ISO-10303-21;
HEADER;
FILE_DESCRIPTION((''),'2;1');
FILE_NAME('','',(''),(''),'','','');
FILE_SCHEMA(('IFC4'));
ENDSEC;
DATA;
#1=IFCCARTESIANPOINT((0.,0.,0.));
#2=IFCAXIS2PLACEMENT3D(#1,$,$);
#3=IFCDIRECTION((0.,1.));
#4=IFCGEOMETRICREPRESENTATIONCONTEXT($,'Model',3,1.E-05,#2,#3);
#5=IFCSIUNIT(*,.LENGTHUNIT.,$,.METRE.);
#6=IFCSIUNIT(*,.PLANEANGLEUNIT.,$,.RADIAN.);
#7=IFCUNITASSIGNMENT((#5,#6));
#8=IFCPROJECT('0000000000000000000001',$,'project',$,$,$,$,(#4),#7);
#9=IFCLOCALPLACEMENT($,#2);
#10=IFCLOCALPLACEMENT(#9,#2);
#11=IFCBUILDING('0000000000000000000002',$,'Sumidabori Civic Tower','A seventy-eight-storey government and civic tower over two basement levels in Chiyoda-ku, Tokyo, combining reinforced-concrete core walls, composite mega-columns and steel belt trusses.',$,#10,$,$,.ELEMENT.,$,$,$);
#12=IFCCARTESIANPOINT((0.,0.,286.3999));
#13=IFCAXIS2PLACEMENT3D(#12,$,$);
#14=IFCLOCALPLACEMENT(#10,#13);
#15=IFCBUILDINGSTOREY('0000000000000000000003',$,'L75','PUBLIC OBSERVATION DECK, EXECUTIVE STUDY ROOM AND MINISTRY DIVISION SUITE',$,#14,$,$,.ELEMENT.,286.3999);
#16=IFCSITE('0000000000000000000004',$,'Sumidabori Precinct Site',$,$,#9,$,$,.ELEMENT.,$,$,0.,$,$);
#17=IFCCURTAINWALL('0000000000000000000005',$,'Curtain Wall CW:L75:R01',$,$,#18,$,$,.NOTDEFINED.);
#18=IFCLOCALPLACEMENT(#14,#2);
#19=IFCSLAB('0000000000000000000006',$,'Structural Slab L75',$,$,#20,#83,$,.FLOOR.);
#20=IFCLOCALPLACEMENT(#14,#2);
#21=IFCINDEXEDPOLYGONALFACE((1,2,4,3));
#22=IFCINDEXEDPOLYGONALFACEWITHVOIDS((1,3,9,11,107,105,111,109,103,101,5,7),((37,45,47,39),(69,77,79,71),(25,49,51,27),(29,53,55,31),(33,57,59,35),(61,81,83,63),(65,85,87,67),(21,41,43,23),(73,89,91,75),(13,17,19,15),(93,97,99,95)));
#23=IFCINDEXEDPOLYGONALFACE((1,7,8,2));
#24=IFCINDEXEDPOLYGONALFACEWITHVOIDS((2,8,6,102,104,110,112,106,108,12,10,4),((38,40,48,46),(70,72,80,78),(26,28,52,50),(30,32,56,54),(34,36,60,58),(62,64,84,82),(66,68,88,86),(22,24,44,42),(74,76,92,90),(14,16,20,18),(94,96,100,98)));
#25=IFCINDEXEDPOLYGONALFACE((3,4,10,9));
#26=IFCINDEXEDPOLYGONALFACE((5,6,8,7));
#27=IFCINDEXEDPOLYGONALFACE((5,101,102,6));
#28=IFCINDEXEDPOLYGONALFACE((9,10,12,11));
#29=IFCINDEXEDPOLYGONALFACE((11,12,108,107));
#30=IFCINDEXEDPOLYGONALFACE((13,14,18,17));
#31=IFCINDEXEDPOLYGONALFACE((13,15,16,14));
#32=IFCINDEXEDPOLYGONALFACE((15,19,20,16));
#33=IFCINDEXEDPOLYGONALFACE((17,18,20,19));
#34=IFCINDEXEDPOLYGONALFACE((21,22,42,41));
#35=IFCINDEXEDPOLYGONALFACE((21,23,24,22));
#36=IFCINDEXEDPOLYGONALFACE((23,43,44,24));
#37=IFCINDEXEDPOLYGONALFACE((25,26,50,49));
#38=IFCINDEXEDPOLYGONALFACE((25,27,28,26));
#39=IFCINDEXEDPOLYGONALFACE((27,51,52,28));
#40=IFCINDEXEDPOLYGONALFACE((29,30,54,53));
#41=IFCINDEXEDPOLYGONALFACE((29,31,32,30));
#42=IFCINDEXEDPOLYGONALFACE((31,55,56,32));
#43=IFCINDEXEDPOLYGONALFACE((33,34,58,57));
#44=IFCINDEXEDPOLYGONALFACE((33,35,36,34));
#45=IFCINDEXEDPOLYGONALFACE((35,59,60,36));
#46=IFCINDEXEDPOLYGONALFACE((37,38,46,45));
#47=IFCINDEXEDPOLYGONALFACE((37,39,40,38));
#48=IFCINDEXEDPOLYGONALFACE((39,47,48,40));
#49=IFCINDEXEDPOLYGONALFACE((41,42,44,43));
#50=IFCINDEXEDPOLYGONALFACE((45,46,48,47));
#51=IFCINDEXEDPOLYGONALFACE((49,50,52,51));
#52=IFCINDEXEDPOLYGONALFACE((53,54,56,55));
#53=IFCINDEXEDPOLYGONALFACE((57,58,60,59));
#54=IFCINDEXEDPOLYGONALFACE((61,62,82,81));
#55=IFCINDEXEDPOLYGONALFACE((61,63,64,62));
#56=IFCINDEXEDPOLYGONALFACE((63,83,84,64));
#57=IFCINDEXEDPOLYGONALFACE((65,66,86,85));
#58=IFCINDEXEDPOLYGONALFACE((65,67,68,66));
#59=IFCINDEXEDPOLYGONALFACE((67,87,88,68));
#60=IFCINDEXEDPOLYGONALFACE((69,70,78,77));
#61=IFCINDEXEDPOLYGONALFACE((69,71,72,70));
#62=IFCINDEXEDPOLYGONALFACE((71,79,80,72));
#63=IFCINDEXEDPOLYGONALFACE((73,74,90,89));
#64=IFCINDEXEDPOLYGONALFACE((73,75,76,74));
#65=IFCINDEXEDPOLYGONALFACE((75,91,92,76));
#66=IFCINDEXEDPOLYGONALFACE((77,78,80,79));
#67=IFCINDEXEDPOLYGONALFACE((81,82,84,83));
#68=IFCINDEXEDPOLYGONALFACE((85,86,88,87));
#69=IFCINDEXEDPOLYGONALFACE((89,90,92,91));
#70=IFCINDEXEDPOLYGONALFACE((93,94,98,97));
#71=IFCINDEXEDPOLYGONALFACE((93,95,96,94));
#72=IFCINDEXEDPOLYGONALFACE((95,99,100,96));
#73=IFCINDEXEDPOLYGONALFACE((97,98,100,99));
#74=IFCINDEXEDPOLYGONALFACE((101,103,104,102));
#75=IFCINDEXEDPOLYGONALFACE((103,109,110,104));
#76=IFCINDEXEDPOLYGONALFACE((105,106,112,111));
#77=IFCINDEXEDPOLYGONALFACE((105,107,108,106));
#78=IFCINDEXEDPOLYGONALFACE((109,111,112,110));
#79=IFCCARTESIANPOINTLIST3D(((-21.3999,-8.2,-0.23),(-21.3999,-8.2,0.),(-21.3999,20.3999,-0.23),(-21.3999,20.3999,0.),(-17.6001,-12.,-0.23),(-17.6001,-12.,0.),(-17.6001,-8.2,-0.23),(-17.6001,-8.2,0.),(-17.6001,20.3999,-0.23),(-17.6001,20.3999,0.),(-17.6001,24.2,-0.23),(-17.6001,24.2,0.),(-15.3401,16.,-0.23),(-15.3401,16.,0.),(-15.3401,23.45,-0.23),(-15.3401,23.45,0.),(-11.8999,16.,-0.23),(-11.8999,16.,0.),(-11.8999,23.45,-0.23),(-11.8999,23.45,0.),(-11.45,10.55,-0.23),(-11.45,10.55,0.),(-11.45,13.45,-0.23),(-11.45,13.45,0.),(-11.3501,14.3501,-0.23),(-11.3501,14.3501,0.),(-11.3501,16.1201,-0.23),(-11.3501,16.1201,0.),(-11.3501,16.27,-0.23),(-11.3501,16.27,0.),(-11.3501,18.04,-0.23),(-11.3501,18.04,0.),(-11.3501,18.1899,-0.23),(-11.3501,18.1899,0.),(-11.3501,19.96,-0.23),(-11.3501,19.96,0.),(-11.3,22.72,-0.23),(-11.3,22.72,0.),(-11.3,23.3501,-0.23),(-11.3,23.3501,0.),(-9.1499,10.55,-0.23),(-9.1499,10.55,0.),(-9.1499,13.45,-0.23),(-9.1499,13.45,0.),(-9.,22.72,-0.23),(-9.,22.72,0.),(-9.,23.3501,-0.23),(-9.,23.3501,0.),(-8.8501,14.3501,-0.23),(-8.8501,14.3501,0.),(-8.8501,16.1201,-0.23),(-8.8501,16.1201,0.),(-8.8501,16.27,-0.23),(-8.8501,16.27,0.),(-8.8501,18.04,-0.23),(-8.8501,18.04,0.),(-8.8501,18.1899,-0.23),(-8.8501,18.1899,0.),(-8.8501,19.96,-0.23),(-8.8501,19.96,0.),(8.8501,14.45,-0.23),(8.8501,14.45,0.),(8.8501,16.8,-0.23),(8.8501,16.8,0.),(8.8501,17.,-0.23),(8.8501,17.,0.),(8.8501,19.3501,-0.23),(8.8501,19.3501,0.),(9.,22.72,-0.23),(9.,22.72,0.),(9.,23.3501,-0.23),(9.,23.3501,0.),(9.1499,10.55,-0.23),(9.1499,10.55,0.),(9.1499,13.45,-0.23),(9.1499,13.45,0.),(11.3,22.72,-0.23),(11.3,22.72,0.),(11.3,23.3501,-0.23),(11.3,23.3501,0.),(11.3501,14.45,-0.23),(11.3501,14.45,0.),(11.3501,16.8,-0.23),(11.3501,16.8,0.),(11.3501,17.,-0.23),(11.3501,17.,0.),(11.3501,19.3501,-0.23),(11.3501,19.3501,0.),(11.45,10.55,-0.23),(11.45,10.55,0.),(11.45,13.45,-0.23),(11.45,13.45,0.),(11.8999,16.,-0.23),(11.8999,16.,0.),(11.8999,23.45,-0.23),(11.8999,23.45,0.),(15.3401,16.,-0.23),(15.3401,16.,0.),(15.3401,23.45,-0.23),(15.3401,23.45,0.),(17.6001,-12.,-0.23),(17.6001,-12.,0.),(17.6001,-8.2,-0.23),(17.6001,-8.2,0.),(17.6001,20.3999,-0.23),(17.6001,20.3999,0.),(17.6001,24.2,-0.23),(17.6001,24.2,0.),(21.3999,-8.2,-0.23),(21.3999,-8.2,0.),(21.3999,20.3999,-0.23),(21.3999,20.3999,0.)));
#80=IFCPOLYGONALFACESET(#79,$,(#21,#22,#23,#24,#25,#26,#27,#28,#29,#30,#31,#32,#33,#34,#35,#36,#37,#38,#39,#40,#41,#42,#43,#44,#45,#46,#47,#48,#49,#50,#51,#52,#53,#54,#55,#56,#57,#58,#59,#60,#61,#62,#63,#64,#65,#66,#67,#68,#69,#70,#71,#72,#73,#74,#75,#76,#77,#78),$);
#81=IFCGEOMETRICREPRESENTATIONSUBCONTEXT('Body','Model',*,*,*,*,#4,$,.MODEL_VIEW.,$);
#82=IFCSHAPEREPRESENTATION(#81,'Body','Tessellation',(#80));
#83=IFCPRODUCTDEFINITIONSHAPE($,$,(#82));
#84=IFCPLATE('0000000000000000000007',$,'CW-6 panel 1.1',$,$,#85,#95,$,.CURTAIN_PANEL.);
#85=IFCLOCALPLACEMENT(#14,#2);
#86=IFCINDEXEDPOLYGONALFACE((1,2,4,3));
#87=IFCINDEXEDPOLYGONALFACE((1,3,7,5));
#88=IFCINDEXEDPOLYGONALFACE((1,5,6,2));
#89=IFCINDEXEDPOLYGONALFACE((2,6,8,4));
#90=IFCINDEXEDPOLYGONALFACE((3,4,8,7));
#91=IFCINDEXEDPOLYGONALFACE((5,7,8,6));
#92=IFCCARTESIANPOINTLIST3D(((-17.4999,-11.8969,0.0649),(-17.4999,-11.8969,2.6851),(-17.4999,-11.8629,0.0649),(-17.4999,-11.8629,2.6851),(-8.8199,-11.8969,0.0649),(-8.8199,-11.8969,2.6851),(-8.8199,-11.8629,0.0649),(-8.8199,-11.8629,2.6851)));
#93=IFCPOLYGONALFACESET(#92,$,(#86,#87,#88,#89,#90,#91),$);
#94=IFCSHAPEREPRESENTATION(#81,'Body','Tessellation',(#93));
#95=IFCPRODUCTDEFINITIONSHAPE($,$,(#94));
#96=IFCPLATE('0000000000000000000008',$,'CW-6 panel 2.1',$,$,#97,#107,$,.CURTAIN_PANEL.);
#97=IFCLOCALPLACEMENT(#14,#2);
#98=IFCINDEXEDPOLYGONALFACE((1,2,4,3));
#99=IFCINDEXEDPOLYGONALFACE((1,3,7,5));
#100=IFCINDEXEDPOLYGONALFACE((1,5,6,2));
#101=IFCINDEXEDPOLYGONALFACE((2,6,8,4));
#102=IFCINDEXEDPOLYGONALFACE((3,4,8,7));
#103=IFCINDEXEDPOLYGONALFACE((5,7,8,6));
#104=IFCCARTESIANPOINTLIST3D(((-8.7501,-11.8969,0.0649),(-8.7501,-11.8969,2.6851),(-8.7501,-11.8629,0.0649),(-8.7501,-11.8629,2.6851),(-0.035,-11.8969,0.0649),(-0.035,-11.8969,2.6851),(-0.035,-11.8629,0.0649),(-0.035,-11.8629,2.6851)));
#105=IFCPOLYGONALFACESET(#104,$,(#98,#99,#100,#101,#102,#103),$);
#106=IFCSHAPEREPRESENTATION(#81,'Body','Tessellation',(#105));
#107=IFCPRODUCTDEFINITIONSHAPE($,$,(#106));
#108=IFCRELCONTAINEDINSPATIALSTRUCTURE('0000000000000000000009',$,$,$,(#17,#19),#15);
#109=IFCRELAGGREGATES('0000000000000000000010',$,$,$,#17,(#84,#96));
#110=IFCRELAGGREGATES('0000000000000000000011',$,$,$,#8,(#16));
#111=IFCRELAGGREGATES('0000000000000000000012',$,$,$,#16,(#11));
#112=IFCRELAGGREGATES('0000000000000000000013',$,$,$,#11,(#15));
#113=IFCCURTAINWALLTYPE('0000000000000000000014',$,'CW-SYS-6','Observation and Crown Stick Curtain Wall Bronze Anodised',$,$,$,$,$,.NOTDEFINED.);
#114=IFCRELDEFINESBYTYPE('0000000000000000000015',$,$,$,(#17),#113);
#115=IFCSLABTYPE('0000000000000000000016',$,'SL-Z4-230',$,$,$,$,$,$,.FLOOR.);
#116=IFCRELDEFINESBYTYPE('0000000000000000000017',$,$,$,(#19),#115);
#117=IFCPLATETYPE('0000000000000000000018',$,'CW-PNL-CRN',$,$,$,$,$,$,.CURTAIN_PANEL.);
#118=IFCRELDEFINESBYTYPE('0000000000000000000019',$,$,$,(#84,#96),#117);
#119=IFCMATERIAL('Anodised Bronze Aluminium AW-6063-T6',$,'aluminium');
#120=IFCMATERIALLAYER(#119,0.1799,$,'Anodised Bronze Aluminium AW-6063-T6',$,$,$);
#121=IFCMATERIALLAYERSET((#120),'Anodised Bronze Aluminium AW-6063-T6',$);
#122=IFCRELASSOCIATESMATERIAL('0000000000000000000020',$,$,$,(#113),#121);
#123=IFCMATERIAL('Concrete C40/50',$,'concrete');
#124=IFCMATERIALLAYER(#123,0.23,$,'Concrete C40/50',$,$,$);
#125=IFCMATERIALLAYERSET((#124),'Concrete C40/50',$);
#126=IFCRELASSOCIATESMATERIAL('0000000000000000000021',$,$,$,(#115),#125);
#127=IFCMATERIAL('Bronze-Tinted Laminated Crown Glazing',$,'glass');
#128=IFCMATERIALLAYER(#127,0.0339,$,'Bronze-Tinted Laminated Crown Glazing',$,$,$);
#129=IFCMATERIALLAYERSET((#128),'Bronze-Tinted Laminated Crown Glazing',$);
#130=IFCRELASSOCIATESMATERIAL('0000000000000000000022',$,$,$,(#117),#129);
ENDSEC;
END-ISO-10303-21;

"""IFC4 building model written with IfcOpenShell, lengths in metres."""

from ifc_helpers import new_model, si_unit, direction, frame, origin, origin_2d, place, context, subcontext, project, spatial, polyline, rectangle, outline, extrude, source, transform, mapped, material, layer, layer_set, type_object, element, aggregate, save


model = new_model("IFC4")

# Units and contexts
model_context = context("Model", 3, precision=1e-05, world=origin(), true_north=direction((0.0, 1.0)))
body_context = subcontext(model_context, "Body", "Model", "MODEL_VIEW")
ifc_project = project(units=[si_unit("LENGTHUNIT", "METRE"), si_unit("PLANEANGLEUNIT", "RADIAN")], contexts=[model_context])

# Site, building, storey
site_placement = place(None, origin())
site = spatial("IfcSite", under=ifc_project, at=site_placement, Name="Sumidabori Precinct Site", CompositionType="ELEMENT", RefElevation=0.0)
building_placement = place(site_placement, origin())
building = spatial("IfcBuilding", under=site, at=building_placement, Name="Sumidabori Civic Tower", Description="A seventy-eight-storey government and civic tower over two basement levels in Chiyoda-ku, Tokyo, combining reinforced-concrete core walls, composite mega-columns and steel belt trusses.", CompositionType="ELEMENT")
storey_placement = place(building_placement, frame((0.0, 0.0, 286.3999)))
storey = spatial("IfcBuildingStorey", under=building, at=storey_placement, Name="L75", Description="PUBLIC OBSERVATION DECK, EXECUTIVE STUDY ROOM AND MINISTRY DIVISION SUITE", CompositionType="ELEMENT", Elevation=286.3999)

# Curtain wall
ifc_material_1 = material(Name="Anodised Bronze Aluminium AW-6063-T6", Category="aluminium")
ifc_layer_1 = layer(ifc_material_1, 0.1799, Name="Anodised Bronze Aluminium AW-6063-T6")
ifc_layer_set_1 = layer_set([ifc_layer_1], Name="Anodised Bronze Aluminium AW-6063-T6")
curtain_wall_type = type_object("IfcCurtainWallType", Name="CW-SYS-6", Description="Observation and Crown Stick Curtain Wall Bronze Anodised", PredefinedType="NOTDEFINED", material=ifc_layer_set_1)
curtain_wall_placement = place(storey_placement, origin())
curtain_wall = element("IfcCurtainWall", 1, at=curtain_wall_placement, inside=storey, type_object=curtain_wall_type, Name="Curtain Wall CW:L75:R01", PredefinedType="NOTDEFINED")

# Shared definitions
ifc_material_2 = material(Name="Concrete C40/50", Category="concrete")

# Slab
ifc_layer_2 = layer(ifc_material_2, 0.23, Name="Concrete C40/50")
ifc_layer_set_2 = layer_set([ifc_layer_2], Name="Concrete C40/50")
slab_type_1 = type_object("IfcSlabType", Name="SL-Z4-230", PredefinedType="FLOOR", material=ifc_layer_set_2)
slab_1_placement = place(storey_placement, frame((0.0, 0.0, -0.23)))
element("IfcSlab", 2, at=slab_1_placement, inside=storey, type_object=slab_type_1, Name="Structural Slab L75", PredefinedType="FLOOR", context=body_context, shape_type="SweptSolid", body=[
    extrude(outline(polyline([(-17.6001, -12.0), (17.6001, -12.0), (17.6001, -8.2), (21.3999, -8.2), (21.3999, 20.3999), (17.6001, 20.3999), (17.6001, 24.2), (-17.6001, 24.2), (-17.6001, 20.3999), (-21.3999, 20.3999), (-21.3999, -8.2), (-17.6001, -8.2), (-17.6001, -12.0)]), holes=[polyline([(-11.8999, 16.0), (-11.8999, 23.45), (-15.3401, 23.45), (-15.3401, 16.0), (-11.8999, 16.0)]), polyline([(15.3401, 16.0), (15.3401, 23.45), (11.8999, 23.45), (11.8999, 16.0), (15.3401, 16.0)]), polyline([(-11.45, 10.55), (-9.1499, 10.55), (-9.1499, 13.45), (-11.45, 13.45), (-11.45, 10.55)]), polyline([(9.1499, 10.55), (11.45, 10.55), (11.45, 13.45), (9.1499, 13.45), (9.1499, 10.55)]), polyline([(-11.3501, 14.3501), (-8.8501, 14.3501), (-8.8501, 16.1201), (-11.3501, 16.1201), (-11.3501, 14.3501)]), polyline([(-11.3501, 16.27), (-8.8501, 16.27), (-8.8501, 18.04), (-11.3501, 18.04), (-11.3501, 16.27)]), polyline([(-11.3501, 18.1899), (-8.8501, 18.1899), (-8.8501, 19.96), (-11.3501, 19.96), (-11.3501, 18.1899)]), polyline([(8.8501, 14.45), (11.3501, 14.45), (11.3501, 16.8), (8.8501, 16.8), (8.8501, 14.45)]), polyline([(8.8501, 17.0), (11.3501, 17.0), (11.3501, 19.3501), (8.8501, 19.3501), (8.8501, 17.0)]), polyline([(-11.3, 22.72), (-9.0, 22.72), (-9.0, 23.3501), (-11.3, 23.3501), (-11.3, 22.72)]), polyline([(9.0, 22.72), (11.3, 22.72), (11.3, 23.3501), (9.0, 23.3501), (9.0, 22.72)])]), origin(), (0.0, 0.0, 1.0), 0.23),
])

# Plates
ifc_material_3 = material(Name="Bronze-Tinted Laminated Crown Glazing", Category="glass")
ifc_layer_3 = layer(ifc_material_3, 0.0339, Name="Bronze-Tinted Laminated Crown Glazing")
ifc_layer_set_3 = layer_set([ifc_layer_3], Name="Bronze-Tinted Laminated Crown Glazing")
plate_type = type_object("IfcPlateType", Name="CW-PNL-CRN", PredefinedType="CURTAIN_PANEL", material=ifc_layer_set_3)
shared_shape_1 = source(origin(), body_context, "Body", "SweptSolid", [
    extrude(rectangle(XDim=8.6799, YDim=0.0339, at=origin_2d()), origin(), (0.0, 0.0, 1.0), 2.6201),
])
plate_1_placement = place(storey_placement, frame((-13.1599, -11.8799, 0.0649), z_axis=(0.0, 0.0, 1.0), x_axis=(1.0, 0.0, 0.0)))
plate_1 = element("IfcPlate", 3, at=plate_1_placement, type_object=plate_type, Name="CW-6 panel 1.1", PredefinedType="CURTAIN_PANEL", context=body_context, shape_type="MappedRepresentation", body=[
    mapped(shared_shape_1, transform((0.0, 0.0, 0.0), x_axis=(1.0, 0.0, 0.0), y_axis=(0.0, 1.0, 0.0), z_axis=(0.0, 0.0, 1.0), scale=1.0)),
])
shared_shape_2 = source(origin(), body_context, "Body", "SweptSolid", [
    extrude(rectangle(XDim=8.7151, YDim=0.0339, at=origin_2d()), origin(), (0.0, 0.0, 1.0), 2.6201),
])
plate_2_placement = place(storey_placement, frame((-4.3926, -11.8799, 0.0649), z_axis=(0.0, 0.0, 1.0), x_axis=(1.0, 0.0, 0.0)))
plate_2 = element("IfcPlate", 4, at=plate_2_placement, type_object=plate_type, Name="CW-6 panel 2.1", PredefinedType="CURTAIN_PANEL", context=body_context, shape_type="MappedRepresentation", body=[
    mapped(shared_shape_2, transform((0.0, 0.0, 0.0), x_axis=(1.0, 0.0, 0.0), y_axis=(0.0, 1.0, 0.0), z_axis=(0.0, 0.0, 1.0), scale=1.0)),
])
aggregate(curtain_wall, [plate_1, plate_2])

save(model, "model.ifc")
